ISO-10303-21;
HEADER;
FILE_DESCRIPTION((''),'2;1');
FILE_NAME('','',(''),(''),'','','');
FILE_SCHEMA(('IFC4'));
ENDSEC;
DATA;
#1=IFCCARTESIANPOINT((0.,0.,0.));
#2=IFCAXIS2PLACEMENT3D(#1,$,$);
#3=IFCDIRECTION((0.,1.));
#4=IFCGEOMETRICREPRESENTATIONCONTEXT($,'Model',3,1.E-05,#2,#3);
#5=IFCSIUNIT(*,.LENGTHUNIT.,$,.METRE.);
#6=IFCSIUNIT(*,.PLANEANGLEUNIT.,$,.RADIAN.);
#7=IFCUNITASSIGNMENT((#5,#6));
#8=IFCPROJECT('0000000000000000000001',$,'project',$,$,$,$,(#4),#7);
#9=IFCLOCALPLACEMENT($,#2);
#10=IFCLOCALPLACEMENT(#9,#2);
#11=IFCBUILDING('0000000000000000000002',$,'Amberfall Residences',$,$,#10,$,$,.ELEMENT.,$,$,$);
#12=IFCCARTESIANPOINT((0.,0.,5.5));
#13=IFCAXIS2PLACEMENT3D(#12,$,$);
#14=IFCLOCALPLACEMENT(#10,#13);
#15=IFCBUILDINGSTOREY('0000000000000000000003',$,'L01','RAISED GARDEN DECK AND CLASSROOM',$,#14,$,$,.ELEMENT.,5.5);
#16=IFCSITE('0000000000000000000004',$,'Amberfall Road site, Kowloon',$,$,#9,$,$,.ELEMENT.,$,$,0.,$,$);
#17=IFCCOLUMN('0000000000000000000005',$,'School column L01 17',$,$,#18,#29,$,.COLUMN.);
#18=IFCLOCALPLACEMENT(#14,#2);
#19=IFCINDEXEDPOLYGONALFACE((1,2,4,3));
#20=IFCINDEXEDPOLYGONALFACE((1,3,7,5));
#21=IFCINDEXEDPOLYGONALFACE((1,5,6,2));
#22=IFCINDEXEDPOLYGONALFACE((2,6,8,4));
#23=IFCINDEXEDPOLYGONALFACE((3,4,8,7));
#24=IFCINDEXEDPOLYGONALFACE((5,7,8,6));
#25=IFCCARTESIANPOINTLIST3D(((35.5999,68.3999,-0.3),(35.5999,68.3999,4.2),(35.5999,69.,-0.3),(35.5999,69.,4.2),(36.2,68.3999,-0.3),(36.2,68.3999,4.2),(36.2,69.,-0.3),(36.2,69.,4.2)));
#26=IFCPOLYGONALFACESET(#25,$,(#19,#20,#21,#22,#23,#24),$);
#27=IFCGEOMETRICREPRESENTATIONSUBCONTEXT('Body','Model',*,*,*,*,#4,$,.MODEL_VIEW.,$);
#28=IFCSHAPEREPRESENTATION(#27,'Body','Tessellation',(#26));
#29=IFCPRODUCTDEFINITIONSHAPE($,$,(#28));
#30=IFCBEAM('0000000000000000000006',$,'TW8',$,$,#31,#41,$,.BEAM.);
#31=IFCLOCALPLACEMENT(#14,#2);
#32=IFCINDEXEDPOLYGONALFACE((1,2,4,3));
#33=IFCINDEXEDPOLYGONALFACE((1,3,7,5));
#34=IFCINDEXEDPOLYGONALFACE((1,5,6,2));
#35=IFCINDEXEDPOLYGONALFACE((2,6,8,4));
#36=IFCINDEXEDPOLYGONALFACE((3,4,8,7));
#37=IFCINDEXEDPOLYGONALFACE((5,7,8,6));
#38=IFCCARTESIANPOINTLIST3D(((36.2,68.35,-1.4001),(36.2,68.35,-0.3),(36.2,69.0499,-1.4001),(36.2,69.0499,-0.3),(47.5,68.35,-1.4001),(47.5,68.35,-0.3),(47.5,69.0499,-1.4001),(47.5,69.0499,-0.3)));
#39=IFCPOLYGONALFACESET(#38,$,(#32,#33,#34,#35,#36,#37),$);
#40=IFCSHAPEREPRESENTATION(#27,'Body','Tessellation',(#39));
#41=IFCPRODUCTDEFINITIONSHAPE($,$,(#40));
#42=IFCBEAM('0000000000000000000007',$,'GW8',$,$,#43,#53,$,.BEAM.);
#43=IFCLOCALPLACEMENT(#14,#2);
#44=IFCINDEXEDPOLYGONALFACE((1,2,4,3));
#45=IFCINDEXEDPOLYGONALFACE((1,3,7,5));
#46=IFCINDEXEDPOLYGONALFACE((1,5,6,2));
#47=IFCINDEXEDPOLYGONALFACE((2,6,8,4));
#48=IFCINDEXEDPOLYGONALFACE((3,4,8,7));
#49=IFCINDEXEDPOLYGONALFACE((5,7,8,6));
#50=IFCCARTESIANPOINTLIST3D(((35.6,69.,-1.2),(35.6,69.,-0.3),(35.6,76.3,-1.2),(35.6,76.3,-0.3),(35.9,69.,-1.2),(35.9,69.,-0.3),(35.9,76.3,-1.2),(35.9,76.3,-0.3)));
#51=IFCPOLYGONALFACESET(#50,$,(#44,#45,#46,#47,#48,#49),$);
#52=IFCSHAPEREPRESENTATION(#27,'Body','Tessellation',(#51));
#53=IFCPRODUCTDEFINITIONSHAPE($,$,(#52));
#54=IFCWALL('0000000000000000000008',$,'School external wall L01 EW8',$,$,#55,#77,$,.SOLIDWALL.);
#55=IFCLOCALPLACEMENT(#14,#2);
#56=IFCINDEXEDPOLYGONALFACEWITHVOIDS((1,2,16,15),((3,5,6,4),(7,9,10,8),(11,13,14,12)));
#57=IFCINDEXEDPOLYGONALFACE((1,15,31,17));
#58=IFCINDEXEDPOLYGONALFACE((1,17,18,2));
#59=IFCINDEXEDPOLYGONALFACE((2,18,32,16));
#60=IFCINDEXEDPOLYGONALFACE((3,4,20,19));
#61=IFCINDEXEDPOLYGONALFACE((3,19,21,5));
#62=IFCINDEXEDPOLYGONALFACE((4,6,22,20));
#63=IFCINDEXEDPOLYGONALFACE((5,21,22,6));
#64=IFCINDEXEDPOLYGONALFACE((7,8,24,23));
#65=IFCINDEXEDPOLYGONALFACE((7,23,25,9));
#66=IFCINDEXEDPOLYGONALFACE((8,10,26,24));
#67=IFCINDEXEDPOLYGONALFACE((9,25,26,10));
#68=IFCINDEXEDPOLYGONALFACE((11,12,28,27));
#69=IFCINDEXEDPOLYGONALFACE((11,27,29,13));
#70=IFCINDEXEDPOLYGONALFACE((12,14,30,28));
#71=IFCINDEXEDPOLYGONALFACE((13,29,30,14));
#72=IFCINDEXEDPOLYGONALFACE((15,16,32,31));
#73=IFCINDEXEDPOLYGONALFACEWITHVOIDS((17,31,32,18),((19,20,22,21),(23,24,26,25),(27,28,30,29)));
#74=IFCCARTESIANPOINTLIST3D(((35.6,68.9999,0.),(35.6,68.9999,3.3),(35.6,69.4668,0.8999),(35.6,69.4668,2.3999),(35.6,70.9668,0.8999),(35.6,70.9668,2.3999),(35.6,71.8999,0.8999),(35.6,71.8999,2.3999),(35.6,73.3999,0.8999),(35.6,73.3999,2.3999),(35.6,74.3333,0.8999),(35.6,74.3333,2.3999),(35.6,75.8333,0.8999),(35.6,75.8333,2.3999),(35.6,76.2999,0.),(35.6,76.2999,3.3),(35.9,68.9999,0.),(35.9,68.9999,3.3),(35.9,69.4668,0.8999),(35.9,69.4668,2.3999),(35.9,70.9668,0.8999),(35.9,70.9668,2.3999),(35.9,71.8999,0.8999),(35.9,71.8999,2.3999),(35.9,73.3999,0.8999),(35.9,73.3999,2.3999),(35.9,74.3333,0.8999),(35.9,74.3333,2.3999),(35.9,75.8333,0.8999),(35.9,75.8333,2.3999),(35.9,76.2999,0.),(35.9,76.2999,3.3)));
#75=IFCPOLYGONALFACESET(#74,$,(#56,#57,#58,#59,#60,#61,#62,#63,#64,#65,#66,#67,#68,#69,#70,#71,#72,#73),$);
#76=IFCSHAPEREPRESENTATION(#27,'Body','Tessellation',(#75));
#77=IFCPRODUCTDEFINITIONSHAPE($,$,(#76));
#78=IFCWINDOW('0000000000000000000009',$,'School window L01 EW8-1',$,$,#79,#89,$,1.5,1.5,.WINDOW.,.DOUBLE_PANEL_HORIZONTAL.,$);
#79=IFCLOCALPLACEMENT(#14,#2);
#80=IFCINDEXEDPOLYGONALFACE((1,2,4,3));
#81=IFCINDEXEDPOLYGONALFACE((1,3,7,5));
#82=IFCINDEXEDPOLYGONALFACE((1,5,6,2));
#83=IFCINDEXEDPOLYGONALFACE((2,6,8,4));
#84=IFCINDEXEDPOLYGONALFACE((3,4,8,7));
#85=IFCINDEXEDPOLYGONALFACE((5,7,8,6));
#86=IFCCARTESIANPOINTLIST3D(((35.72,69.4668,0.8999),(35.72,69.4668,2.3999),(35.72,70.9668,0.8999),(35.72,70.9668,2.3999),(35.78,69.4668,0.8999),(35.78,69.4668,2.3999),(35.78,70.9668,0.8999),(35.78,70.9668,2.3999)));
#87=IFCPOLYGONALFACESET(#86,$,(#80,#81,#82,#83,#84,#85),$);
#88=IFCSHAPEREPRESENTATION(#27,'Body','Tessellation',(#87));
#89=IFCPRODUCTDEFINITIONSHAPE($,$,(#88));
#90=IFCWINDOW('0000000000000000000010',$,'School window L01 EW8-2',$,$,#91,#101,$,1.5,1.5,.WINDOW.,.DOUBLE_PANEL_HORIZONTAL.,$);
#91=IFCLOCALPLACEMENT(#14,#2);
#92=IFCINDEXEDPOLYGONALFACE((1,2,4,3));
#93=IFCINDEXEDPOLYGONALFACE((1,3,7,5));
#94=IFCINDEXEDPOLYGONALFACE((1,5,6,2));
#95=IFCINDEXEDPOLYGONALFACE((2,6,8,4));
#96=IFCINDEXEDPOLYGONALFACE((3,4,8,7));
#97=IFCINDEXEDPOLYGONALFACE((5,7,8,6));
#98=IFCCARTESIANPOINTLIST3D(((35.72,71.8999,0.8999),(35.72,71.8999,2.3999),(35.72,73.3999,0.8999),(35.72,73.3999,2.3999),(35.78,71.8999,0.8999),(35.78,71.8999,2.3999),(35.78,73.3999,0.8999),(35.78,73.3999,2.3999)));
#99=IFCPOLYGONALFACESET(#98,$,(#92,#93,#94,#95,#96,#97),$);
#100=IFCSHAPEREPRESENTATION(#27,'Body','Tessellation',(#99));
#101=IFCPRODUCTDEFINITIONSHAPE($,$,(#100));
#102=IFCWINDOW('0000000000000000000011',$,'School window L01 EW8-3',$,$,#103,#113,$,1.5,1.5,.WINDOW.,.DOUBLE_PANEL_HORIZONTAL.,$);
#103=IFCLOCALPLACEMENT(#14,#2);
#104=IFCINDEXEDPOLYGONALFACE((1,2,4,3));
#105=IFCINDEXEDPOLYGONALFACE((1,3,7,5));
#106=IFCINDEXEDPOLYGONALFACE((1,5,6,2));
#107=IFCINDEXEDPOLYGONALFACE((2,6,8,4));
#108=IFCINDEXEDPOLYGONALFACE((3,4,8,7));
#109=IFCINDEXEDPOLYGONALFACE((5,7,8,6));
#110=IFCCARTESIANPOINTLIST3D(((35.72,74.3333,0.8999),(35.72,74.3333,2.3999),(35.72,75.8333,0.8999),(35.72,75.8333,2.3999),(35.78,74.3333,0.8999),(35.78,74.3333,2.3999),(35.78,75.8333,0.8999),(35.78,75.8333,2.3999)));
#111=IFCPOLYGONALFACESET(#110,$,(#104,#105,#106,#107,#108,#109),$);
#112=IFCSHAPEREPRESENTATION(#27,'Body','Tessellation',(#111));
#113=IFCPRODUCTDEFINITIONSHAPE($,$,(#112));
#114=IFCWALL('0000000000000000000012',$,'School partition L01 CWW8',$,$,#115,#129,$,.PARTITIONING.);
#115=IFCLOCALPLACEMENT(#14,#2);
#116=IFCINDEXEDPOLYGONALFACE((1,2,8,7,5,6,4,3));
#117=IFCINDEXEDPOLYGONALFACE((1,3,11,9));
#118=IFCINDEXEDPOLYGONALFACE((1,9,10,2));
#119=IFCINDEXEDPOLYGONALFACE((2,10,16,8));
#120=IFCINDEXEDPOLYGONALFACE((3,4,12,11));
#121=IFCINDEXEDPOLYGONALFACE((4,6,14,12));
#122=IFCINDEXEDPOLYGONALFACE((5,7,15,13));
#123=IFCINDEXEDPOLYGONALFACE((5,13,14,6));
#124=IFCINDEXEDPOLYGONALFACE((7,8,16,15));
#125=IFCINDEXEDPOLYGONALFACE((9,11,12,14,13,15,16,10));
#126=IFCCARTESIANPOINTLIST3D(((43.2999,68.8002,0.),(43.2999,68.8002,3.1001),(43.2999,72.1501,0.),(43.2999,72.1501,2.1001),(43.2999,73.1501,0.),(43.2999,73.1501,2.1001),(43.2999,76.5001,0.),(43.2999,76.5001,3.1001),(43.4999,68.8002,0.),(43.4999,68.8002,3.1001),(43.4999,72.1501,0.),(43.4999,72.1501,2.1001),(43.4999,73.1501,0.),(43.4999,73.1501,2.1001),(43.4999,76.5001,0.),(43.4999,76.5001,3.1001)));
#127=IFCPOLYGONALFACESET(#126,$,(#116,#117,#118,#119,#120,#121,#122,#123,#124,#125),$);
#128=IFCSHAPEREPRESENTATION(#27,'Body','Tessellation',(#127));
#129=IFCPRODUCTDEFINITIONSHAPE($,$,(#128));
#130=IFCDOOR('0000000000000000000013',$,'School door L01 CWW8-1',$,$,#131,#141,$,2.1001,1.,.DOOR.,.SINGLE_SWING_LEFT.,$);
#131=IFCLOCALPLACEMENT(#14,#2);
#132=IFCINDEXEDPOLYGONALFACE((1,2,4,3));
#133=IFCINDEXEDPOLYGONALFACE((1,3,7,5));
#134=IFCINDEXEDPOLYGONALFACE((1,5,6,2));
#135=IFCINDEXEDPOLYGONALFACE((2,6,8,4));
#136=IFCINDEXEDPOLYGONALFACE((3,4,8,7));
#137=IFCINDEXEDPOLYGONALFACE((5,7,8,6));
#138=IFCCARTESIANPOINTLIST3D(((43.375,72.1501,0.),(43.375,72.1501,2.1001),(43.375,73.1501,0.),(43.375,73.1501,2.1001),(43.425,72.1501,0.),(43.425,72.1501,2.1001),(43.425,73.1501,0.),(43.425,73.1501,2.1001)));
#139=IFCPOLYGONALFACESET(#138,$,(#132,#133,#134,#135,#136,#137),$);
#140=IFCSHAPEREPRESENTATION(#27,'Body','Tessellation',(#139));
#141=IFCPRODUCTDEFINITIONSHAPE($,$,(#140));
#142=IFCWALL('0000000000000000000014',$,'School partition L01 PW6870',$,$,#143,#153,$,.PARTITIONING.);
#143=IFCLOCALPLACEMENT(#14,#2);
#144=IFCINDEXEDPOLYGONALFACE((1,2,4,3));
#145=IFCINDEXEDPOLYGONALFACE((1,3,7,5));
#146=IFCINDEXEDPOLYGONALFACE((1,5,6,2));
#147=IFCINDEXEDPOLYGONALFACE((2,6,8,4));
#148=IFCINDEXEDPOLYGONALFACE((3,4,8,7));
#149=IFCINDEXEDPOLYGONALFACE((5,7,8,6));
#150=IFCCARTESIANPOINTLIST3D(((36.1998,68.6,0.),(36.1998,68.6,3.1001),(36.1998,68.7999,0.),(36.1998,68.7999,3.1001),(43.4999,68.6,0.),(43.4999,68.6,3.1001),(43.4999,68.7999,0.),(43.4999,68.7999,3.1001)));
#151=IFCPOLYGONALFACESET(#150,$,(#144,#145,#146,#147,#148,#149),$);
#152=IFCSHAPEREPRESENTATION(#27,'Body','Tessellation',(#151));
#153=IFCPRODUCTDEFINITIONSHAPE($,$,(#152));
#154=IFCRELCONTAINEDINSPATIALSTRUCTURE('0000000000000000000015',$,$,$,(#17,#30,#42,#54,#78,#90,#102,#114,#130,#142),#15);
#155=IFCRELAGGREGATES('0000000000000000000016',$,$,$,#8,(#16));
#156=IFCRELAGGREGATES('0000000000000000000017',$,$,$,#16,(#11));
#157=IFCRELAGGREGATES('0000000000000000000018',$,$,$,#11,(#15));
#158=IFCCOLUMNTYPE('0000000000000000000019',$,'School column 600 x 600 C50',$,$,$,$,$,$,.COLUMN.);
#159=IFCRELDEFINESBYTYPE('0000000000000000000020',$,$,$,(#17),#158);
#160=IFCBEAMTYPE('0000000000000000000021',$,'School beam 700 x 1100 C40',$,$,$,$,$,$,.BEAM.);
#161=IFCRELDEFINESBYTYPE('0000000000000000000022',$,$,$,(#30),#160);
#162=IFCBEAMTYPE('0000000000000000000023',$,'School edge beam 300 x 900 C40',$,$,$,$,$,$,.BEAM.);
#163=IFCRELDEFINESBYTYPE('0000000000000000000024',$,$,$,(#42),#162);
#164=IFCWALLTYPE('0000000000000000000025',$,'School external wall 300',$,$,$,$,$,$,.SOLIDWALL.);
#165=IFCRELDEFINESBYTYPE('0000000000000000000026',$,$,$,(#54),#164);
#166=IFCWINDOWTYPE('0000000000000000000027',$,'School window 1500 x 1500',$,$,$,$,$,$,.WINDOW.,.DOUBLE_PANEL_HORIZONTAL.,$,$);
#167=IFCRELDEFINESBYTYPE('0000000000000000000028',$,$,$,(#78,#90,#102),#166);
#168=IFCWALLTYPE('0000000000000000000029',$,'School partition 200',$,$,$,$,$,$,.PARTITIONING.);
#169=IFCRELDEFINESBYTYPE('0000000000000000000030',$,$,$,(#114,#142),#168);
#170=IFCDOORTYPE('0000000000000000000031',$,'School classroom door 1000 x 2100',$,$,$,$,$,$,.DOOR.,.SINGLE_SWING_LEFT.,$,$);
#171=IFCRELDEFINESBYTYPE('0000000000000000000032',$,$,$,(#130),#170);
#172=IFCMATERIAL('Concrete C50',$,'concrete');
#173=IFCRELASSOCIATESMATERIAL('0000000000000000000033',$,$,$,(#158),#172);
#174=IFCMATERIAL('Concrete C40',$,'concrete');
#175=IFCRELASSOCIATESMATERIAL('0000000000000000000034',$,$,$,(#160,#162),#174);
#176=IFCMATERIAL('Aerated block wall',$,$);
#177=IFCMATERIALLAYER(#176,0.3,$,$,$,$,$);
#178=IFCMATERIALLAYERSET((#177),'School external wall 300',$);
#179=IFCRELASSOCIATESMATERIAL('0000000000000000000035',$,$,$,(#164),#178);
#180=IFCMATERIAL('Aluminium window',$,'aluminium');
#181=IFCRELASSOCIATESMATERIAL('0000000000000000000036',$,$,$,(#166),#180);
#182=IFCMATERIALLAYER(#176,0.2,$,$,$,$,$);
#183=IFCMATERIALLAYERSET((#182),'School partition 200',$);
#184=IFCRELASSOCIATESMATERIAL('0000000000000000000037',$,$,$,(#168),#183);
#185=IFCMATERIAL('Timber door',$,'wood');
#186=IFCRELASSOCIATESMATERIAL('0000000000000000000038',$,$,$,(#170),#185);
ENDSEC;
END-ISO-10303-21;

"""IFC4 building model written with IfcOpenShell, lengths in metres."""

from ifc_helpers import new_model, si_unit, direction, frame, frame_2d, origin, origin_2d, place, context, subcontext, project, spatial, rectangle, extrude, material, layer, layer_set, material_profile, profile_set, type_object, element, fill, save


model = new_model("IFC4")

# Units and contexts
model_context = context("Model", 3, precision=1e-05, world=origin(), true_north=direction((0.0, 1.0)))
body_context = subcontext(model_context, "Body", "Model", "MODEL_VIEW")
ifc_project = project(units=[si_unit("LENGTHUNIT", "METRE"), si_unit("PLANEANGLEUNIT", "RADIAN")], contexts=[model_context])

# Site, building, storey
site_placement = place(None, origin())
site = spatial("IfcSite", under=ifc_project, at=site_placement, Name="Amberfall Road site, Kowloon", CompositionType="ELEMENT", RefElevation=0.0)
building_placement = place(site_placement, origin())
building = spatial("IfcBuilding", under=site, at=building_placement, Name="Amberfall Residences", CompositionType="ELEMENT")
storey_placement = place(building_placement, frame((0.0, 0.0, 5.5)))
storey = spatial("IfcBuildingStorey", under=building, at=storey_placement, Name="L01", Description="RAISED GARDEN DECK AND CLASSROOM", CompositionType="ELEMENT", Elevation=5.5)

# Column
ifc_material_1 = material(Name="Concrete C50", Category="concrete")
ifc_material_profile_1 = material_profile(ifc_material_1, rectangle(XDim=0.6001, YDim=0.6001, at=origin_2d()), Name="School column 600 x 600 C50")
ifc_profile_set_1 = profile_set([ifc_material_profile_1], Name="Concrete C50")
column_type = type_object("IfcColumnType", Name="School column 600 x 600 C50", PredefinedType="COLUMN", material=ifc_profile_set_1)
column_placement = place(storey_placement, frame((35.8999, 68.7, -0.3), z_axis=(0.0, 0.0, 1.0), x_axis=(1.0, 0.0, 0.0)))
element("IfcColumn", 1, at=column_placement, inside=storey, type_object=column_type, Name="School column L01 17", PredefinedType="COLUMN", context=body_context, shape_type="SweptSolid", body=[
    extrude(rectangle(XDim=0.6001, YDim=0.6001, at=origin_2d()), origin(), (0.0, 0.0, 1.0), 4.5),
])

# Beams
ifc_material_2 = material(Name="Concrete C40", Category="concrete")
ifc_material_profile_2 = material_profile(ifc_material_2, rectangle(XDim=0.7, YDim=1.1001, at=origin_2d()), Name="School beam 700 x 1100 C40")
ifc_profile_set_2 = profile_set([ifc_material_profile_2], Name="Concrete C40")
beam_type_1 = type_object("IfcBeamType", Name="School beam 700 x 1100 C40", PredefinedType="BEAM", material=ifc_profile_set_2)
beam_1_placement = place(storey_placement, frame((36.2, 68.7, -0.8501), z_axis=(1.0, 0.0, 0.0), x_axis=(0.0, 1.0, 0.0)))
element("IfcBeam", 2, at=beam_1_placement, inside=storey, type_object=beam_type_1, Name="TW8", PredefinedType="BEAM", context=body_context, shape_type="SweptSolid", body=[
    extrude(rectangle(XDim=0.7, YDim=1.1001, at=origin_2d()), origin(), (0.0, 0.0, 1.0), 11.3),
])
ifc_material_profile_3 = material_profile(ifc_material_2, rectangle(XDim=0.3, YDim=0.8999, at=origin_2d()), Name="School edge beam 300 x 900 C40")
ifc_profile_set_3 = profile_set([ifc_material_profile_3], Name="Concrete C40")
beam_type_2 = type_object("IfcBeamType", Name="School edge beam 300 x 900 C40", PredefinedType="BEAM", material=ifc_profile_set_3)
beam_2_placement = place(storey_placement, frame((35.75, 69.0, -0.75), z_axis=(0.0, 1.0, 0.0), x_axis=(-1.0, 0.0, 0.0)))
element("IfcBeam", 3, at=beam_2_placement, inside=storey, type_object=beam_type_2, Name="GW8", PredefinedType="BEAM", context=body_context, shape_type="SweptSolid", body=[
    extrude(rectangle(XDim=0.3, YDim=0.8999, at=origin_2d()), origin(), (0.0, 0.0, 1.0), 7.3),
])

# Wall, openings, windows
ifc_material_3 = material(Name="Aerated block wall")
ifc_layer_1 = layer(ifc_material_3, 0.3)
ifc_layer_set_1 = layer_set([ifc_layer_1], Name="School external wall 300")
wall_type_1 = type_object("IfcWallType", Name="School external wall 300", PredefinedType="SOLIDWALL", material=ifc_layer_set_1)
wall_1_placement = place(storey_placement, frame((35.75, 69.0, 0.0), z_axis=(0.0, 0.0, 1.0), x_axis=(0.0, 1.0, 0.0)))
wall_1 = element("IfcWall", 4, at=wall_1_placement, inside=storey, type_object=wall_type_1, Name="School external wall L01 EW8", PredefinedType="SOLIDWALL", context=body_context, shape_type="SweptSolid", body=[
    extrude(rectangle(XDim=7.3, YDim=0.3, at=frame_2d((3.6499, 0.0))), origin(), (0.0, 0.0, 1.0), 3.3),
])
opening_1_placement = place(wall_1_placement, frame((0.4668, 0.0, 0.8999)))
opening_1 = element("IfcOpeningElement", 5, at=opening_1_placement, cuts=wall_1, PredefinedType="OPENING", context=body_context, shape_type="SweptSolid", body=[
    extrude(rectangle(XDim=1.5, YDim=1.5, at=frame_2d((0.75, 0.75))), frame((0.0, 0.1599, 0.0), z_axis=(0.0, -1.0, 0.0), x_axis=(1.0, 0.0, 0.0)), (0.0, 0.0, 1.0), 0.3201),
])
opening_2_placement = place(wall_1_placement, frame((2.8999, 0.0, 0.8999)))
opening_2 = element("IfcOpeningElement", 6, at=opening_2_placement, cuts=wall_1, PredefinedType="OPENING", context=body_context, shape_type="SweptSolid", body=[
    extrude(rectangle(XDim=1.5, YDim=1.5, at=frame_2d((0.75, 0.75))), frame((0.0, 0.1599, 0.0), z_axis=(0.0, -1.0, 0.0), x_axis=(1.0, 0.0, 0.0)), (0.0, 0.0, 1.0), 0.3201),
])
opening_3_placement = place(wall_1_placement, frame((5.3333, 0.0, 0.8999)))
opening_3 = element("IfcOpeningElement", 7, at=opening_3_placement, cuts=wall_1, PredefinedType="OPENING", context=body_context, shape_type="SweptSolid", body=[
    extrude(rectangle(XDim=1.5, YDim=1.5, at=frame_2d((0.75, 0.75))), frame((0.0, 0.1599, 0.0), z_axis=(0.0, -1.0, 0.0), x_axis=(1.0, 0.0, 0.0)), (0.0, 0.0, 1.0), 0.3201),
])
ifc_material_4 = material(Name="Aluminium window", Category="aluminium")
window_type = type_object("IfcWindowType", Name="School window 1500 x 1500", PartitioningType="DOUBLE_PANEL_HORIZONTAL", PredefinedType="WINDOW", material=ifc_material_4)
window_1_placement = place(opening_1_placement, origin())
window_1 = element("IfcWindow", 8, at=window_1_placement, inside=storey, type_object=window_type, Name="School window L01 EW8-1", OverallHeight=1.5, OverallWidth=1.5, PartitioningType="DOUBLE_PANEL_HORIZONTAL", PredefinedType="WINDOW", context=body_context, shape_type="SweptSolid", body=[
    extrude(rectangle(XDim=1.5, YDim=1.5, at=frame_2d((0.75, 0.75))), frame((0.0, 0.03, 0.0), z_axis=(0.0, -1.0, 0.0), x_axis=(1.0, 0.0, 0.0)), (0.0, 0.0, 1.0), 0.0601),
])
fill(opening_1, window_1)
window_2_placement = place(opening_2_placement, origin())
window_2 = element("IfcWindow", 9, at=window_2_placement, inside=storey, type_object=window_type, Name="School window L01 EW8-2", OverallHeight=1.5, OverallWidth=1.5, PartitioningType="DOUBLE_PANEL_HORIZONTAL", PredefinedType="WINDOW", context=body_context, shape_type="SweptSolid", body=[
    extrude(rectangle(XDim=1.5, YDim=1.5, at=frame_2d((0.75, 0.75))), frame((0.0, 0.03, 0.0), z_axis=(0.0, -1.0, 0.0), x_axis=(1.0, 0.0, 0.0)), (0.0, 0.0, 1.0), 0.0601),
])
fill(opening_2, window_2)
window_3_placement = place(opening_3_placement, origin())
window_3 = element("IfcWindow", 10, at=window_3_placement, inside=storey, type_object=window_type, Name="School window L01 EW8-3", OverallHeight=1.5, OverallWidth=1.5, PartitioningType="DOUBLE_PANEL_HORIZONTAL", PredefinedType="WINDOW", context=body_context, shape_type="SweptSolid", body=[
    extrude(rectangle(XDim=1.5, YDim=1.5, at=frame_2d((0.75, 0.75))), frame((0.0, 0.03, 0.0), z_axis=(0.0, -1.0, 0.0), x_axis=(1.0, 0.0, 0.0)), (0.0, 0.0, 1.0), 0.0601),
])
fill(opening_3, window_3)

# Wall, opening, door
ifc_layer_2 = layer(ifc_material_3, 0.2)
ifc_layer_set_2 = layer_set([ifc_layer_2], Name="School partition 200")
wall_type_2 = type_object("IfcWallType", Name="School partition 200", PredefinedType="PARTITIONING", material=ifc_layer_set_2)
wall_2_placement = place(storey_placement, frame((43.3999, 68.8, 0.0), z_axis=(0.0, 0.0, 1.0), x_axis=(0.0, 1.0, 0.0)))
wall_2 = element("IfcWall", 11, at=wall_2_placement, inside=storey, type_object=wall_type_2, Name="School partition L01 CWW8", PredefinedType="PARTITIONING", context=body_context, shape_type="SweptSolid", body=[
    extrude(rectangle(XDim=7.7, YDim=0.2, at=frame_2d((3.8501, 0.0))), origin(), (0.0, 0.0, 1.0), 3.1001),
])
opening_4_placement = place(wall_2_placement, frame((3.3501, 0.0, 0.0)))
opening_4 = element("IfcOpeningElement", 12, at=opening_4_placement, cuts=wall_2, PredefinedType="OPENING", context=body_context, shape_type="SweptSolid", body=[
    extrude(rectangle(XDim=1.0, YDim=2.1001, at=frame_2d((0.5, 1.05))), frame((0.0, 0.1099, 0.0), z_axis=(0.0, -1.0, 0.0), x_axis=(1.0, 0.0, 0.0)), (0.0, 0.0, 1.0), 0.22),
])
ifc_material_5 = material(Name="Timber door", Category="wood")
door_type = type_object("IfcDoorType", Name="School classroom door 1000 x 2100", OperationType="SINGLE_SWING_LEFT", PredefinedType="DOOR", material=ifc_material_5)
door_1_placement = place(opening_4_placement, origin())
door_1 = element("IfcDoor", 13, at=door_1_placement, inside=storey, type_object=door_type, Name="School door L01 CWW8-1", OperationType="SINGLE_SWING_LEFT", OverallHeight=2.1001, OverallWidth=1.0, PredefinedType="DOOR", context=body_context, shape_type="SweptSolid", body=[
    extrude(rectangle(XDim=1.0, YDim=2.1001, at=frame_2d((0.5, 1.05))), frame((0.0, 0.0249, 0.0), z_axis=(0.0, -1.0, 0.0), x_axis=(1.0, 0.0, 0.0)), (0.0, 0.0, 1.0), 0.05),
])
fill(opening_4, door_1)

# Wall
wall_3_placement = place(storey_placement, frame((36.2, 68.7, 0.0), z_axis=(0.0, 0.0, 1.0), x_axis=(1.0, 0.0, 0.0)))
element("IfcWall", 14, at=wall_3_placement, inside=storey, type_object=wall_type_2, Name="School partition L01 PW6870", PredefinedType="PARTITIONING", context=body_context, shape_type="SweptSolid", body=[
    extrude(rectangle(XDim=7.3, YDim=0.2, at=frame_2d((3.6499, 0.0))), origin(), (0.0, 0.0, 1.0), 3.1001),
])

save(model, "model.ifc")
